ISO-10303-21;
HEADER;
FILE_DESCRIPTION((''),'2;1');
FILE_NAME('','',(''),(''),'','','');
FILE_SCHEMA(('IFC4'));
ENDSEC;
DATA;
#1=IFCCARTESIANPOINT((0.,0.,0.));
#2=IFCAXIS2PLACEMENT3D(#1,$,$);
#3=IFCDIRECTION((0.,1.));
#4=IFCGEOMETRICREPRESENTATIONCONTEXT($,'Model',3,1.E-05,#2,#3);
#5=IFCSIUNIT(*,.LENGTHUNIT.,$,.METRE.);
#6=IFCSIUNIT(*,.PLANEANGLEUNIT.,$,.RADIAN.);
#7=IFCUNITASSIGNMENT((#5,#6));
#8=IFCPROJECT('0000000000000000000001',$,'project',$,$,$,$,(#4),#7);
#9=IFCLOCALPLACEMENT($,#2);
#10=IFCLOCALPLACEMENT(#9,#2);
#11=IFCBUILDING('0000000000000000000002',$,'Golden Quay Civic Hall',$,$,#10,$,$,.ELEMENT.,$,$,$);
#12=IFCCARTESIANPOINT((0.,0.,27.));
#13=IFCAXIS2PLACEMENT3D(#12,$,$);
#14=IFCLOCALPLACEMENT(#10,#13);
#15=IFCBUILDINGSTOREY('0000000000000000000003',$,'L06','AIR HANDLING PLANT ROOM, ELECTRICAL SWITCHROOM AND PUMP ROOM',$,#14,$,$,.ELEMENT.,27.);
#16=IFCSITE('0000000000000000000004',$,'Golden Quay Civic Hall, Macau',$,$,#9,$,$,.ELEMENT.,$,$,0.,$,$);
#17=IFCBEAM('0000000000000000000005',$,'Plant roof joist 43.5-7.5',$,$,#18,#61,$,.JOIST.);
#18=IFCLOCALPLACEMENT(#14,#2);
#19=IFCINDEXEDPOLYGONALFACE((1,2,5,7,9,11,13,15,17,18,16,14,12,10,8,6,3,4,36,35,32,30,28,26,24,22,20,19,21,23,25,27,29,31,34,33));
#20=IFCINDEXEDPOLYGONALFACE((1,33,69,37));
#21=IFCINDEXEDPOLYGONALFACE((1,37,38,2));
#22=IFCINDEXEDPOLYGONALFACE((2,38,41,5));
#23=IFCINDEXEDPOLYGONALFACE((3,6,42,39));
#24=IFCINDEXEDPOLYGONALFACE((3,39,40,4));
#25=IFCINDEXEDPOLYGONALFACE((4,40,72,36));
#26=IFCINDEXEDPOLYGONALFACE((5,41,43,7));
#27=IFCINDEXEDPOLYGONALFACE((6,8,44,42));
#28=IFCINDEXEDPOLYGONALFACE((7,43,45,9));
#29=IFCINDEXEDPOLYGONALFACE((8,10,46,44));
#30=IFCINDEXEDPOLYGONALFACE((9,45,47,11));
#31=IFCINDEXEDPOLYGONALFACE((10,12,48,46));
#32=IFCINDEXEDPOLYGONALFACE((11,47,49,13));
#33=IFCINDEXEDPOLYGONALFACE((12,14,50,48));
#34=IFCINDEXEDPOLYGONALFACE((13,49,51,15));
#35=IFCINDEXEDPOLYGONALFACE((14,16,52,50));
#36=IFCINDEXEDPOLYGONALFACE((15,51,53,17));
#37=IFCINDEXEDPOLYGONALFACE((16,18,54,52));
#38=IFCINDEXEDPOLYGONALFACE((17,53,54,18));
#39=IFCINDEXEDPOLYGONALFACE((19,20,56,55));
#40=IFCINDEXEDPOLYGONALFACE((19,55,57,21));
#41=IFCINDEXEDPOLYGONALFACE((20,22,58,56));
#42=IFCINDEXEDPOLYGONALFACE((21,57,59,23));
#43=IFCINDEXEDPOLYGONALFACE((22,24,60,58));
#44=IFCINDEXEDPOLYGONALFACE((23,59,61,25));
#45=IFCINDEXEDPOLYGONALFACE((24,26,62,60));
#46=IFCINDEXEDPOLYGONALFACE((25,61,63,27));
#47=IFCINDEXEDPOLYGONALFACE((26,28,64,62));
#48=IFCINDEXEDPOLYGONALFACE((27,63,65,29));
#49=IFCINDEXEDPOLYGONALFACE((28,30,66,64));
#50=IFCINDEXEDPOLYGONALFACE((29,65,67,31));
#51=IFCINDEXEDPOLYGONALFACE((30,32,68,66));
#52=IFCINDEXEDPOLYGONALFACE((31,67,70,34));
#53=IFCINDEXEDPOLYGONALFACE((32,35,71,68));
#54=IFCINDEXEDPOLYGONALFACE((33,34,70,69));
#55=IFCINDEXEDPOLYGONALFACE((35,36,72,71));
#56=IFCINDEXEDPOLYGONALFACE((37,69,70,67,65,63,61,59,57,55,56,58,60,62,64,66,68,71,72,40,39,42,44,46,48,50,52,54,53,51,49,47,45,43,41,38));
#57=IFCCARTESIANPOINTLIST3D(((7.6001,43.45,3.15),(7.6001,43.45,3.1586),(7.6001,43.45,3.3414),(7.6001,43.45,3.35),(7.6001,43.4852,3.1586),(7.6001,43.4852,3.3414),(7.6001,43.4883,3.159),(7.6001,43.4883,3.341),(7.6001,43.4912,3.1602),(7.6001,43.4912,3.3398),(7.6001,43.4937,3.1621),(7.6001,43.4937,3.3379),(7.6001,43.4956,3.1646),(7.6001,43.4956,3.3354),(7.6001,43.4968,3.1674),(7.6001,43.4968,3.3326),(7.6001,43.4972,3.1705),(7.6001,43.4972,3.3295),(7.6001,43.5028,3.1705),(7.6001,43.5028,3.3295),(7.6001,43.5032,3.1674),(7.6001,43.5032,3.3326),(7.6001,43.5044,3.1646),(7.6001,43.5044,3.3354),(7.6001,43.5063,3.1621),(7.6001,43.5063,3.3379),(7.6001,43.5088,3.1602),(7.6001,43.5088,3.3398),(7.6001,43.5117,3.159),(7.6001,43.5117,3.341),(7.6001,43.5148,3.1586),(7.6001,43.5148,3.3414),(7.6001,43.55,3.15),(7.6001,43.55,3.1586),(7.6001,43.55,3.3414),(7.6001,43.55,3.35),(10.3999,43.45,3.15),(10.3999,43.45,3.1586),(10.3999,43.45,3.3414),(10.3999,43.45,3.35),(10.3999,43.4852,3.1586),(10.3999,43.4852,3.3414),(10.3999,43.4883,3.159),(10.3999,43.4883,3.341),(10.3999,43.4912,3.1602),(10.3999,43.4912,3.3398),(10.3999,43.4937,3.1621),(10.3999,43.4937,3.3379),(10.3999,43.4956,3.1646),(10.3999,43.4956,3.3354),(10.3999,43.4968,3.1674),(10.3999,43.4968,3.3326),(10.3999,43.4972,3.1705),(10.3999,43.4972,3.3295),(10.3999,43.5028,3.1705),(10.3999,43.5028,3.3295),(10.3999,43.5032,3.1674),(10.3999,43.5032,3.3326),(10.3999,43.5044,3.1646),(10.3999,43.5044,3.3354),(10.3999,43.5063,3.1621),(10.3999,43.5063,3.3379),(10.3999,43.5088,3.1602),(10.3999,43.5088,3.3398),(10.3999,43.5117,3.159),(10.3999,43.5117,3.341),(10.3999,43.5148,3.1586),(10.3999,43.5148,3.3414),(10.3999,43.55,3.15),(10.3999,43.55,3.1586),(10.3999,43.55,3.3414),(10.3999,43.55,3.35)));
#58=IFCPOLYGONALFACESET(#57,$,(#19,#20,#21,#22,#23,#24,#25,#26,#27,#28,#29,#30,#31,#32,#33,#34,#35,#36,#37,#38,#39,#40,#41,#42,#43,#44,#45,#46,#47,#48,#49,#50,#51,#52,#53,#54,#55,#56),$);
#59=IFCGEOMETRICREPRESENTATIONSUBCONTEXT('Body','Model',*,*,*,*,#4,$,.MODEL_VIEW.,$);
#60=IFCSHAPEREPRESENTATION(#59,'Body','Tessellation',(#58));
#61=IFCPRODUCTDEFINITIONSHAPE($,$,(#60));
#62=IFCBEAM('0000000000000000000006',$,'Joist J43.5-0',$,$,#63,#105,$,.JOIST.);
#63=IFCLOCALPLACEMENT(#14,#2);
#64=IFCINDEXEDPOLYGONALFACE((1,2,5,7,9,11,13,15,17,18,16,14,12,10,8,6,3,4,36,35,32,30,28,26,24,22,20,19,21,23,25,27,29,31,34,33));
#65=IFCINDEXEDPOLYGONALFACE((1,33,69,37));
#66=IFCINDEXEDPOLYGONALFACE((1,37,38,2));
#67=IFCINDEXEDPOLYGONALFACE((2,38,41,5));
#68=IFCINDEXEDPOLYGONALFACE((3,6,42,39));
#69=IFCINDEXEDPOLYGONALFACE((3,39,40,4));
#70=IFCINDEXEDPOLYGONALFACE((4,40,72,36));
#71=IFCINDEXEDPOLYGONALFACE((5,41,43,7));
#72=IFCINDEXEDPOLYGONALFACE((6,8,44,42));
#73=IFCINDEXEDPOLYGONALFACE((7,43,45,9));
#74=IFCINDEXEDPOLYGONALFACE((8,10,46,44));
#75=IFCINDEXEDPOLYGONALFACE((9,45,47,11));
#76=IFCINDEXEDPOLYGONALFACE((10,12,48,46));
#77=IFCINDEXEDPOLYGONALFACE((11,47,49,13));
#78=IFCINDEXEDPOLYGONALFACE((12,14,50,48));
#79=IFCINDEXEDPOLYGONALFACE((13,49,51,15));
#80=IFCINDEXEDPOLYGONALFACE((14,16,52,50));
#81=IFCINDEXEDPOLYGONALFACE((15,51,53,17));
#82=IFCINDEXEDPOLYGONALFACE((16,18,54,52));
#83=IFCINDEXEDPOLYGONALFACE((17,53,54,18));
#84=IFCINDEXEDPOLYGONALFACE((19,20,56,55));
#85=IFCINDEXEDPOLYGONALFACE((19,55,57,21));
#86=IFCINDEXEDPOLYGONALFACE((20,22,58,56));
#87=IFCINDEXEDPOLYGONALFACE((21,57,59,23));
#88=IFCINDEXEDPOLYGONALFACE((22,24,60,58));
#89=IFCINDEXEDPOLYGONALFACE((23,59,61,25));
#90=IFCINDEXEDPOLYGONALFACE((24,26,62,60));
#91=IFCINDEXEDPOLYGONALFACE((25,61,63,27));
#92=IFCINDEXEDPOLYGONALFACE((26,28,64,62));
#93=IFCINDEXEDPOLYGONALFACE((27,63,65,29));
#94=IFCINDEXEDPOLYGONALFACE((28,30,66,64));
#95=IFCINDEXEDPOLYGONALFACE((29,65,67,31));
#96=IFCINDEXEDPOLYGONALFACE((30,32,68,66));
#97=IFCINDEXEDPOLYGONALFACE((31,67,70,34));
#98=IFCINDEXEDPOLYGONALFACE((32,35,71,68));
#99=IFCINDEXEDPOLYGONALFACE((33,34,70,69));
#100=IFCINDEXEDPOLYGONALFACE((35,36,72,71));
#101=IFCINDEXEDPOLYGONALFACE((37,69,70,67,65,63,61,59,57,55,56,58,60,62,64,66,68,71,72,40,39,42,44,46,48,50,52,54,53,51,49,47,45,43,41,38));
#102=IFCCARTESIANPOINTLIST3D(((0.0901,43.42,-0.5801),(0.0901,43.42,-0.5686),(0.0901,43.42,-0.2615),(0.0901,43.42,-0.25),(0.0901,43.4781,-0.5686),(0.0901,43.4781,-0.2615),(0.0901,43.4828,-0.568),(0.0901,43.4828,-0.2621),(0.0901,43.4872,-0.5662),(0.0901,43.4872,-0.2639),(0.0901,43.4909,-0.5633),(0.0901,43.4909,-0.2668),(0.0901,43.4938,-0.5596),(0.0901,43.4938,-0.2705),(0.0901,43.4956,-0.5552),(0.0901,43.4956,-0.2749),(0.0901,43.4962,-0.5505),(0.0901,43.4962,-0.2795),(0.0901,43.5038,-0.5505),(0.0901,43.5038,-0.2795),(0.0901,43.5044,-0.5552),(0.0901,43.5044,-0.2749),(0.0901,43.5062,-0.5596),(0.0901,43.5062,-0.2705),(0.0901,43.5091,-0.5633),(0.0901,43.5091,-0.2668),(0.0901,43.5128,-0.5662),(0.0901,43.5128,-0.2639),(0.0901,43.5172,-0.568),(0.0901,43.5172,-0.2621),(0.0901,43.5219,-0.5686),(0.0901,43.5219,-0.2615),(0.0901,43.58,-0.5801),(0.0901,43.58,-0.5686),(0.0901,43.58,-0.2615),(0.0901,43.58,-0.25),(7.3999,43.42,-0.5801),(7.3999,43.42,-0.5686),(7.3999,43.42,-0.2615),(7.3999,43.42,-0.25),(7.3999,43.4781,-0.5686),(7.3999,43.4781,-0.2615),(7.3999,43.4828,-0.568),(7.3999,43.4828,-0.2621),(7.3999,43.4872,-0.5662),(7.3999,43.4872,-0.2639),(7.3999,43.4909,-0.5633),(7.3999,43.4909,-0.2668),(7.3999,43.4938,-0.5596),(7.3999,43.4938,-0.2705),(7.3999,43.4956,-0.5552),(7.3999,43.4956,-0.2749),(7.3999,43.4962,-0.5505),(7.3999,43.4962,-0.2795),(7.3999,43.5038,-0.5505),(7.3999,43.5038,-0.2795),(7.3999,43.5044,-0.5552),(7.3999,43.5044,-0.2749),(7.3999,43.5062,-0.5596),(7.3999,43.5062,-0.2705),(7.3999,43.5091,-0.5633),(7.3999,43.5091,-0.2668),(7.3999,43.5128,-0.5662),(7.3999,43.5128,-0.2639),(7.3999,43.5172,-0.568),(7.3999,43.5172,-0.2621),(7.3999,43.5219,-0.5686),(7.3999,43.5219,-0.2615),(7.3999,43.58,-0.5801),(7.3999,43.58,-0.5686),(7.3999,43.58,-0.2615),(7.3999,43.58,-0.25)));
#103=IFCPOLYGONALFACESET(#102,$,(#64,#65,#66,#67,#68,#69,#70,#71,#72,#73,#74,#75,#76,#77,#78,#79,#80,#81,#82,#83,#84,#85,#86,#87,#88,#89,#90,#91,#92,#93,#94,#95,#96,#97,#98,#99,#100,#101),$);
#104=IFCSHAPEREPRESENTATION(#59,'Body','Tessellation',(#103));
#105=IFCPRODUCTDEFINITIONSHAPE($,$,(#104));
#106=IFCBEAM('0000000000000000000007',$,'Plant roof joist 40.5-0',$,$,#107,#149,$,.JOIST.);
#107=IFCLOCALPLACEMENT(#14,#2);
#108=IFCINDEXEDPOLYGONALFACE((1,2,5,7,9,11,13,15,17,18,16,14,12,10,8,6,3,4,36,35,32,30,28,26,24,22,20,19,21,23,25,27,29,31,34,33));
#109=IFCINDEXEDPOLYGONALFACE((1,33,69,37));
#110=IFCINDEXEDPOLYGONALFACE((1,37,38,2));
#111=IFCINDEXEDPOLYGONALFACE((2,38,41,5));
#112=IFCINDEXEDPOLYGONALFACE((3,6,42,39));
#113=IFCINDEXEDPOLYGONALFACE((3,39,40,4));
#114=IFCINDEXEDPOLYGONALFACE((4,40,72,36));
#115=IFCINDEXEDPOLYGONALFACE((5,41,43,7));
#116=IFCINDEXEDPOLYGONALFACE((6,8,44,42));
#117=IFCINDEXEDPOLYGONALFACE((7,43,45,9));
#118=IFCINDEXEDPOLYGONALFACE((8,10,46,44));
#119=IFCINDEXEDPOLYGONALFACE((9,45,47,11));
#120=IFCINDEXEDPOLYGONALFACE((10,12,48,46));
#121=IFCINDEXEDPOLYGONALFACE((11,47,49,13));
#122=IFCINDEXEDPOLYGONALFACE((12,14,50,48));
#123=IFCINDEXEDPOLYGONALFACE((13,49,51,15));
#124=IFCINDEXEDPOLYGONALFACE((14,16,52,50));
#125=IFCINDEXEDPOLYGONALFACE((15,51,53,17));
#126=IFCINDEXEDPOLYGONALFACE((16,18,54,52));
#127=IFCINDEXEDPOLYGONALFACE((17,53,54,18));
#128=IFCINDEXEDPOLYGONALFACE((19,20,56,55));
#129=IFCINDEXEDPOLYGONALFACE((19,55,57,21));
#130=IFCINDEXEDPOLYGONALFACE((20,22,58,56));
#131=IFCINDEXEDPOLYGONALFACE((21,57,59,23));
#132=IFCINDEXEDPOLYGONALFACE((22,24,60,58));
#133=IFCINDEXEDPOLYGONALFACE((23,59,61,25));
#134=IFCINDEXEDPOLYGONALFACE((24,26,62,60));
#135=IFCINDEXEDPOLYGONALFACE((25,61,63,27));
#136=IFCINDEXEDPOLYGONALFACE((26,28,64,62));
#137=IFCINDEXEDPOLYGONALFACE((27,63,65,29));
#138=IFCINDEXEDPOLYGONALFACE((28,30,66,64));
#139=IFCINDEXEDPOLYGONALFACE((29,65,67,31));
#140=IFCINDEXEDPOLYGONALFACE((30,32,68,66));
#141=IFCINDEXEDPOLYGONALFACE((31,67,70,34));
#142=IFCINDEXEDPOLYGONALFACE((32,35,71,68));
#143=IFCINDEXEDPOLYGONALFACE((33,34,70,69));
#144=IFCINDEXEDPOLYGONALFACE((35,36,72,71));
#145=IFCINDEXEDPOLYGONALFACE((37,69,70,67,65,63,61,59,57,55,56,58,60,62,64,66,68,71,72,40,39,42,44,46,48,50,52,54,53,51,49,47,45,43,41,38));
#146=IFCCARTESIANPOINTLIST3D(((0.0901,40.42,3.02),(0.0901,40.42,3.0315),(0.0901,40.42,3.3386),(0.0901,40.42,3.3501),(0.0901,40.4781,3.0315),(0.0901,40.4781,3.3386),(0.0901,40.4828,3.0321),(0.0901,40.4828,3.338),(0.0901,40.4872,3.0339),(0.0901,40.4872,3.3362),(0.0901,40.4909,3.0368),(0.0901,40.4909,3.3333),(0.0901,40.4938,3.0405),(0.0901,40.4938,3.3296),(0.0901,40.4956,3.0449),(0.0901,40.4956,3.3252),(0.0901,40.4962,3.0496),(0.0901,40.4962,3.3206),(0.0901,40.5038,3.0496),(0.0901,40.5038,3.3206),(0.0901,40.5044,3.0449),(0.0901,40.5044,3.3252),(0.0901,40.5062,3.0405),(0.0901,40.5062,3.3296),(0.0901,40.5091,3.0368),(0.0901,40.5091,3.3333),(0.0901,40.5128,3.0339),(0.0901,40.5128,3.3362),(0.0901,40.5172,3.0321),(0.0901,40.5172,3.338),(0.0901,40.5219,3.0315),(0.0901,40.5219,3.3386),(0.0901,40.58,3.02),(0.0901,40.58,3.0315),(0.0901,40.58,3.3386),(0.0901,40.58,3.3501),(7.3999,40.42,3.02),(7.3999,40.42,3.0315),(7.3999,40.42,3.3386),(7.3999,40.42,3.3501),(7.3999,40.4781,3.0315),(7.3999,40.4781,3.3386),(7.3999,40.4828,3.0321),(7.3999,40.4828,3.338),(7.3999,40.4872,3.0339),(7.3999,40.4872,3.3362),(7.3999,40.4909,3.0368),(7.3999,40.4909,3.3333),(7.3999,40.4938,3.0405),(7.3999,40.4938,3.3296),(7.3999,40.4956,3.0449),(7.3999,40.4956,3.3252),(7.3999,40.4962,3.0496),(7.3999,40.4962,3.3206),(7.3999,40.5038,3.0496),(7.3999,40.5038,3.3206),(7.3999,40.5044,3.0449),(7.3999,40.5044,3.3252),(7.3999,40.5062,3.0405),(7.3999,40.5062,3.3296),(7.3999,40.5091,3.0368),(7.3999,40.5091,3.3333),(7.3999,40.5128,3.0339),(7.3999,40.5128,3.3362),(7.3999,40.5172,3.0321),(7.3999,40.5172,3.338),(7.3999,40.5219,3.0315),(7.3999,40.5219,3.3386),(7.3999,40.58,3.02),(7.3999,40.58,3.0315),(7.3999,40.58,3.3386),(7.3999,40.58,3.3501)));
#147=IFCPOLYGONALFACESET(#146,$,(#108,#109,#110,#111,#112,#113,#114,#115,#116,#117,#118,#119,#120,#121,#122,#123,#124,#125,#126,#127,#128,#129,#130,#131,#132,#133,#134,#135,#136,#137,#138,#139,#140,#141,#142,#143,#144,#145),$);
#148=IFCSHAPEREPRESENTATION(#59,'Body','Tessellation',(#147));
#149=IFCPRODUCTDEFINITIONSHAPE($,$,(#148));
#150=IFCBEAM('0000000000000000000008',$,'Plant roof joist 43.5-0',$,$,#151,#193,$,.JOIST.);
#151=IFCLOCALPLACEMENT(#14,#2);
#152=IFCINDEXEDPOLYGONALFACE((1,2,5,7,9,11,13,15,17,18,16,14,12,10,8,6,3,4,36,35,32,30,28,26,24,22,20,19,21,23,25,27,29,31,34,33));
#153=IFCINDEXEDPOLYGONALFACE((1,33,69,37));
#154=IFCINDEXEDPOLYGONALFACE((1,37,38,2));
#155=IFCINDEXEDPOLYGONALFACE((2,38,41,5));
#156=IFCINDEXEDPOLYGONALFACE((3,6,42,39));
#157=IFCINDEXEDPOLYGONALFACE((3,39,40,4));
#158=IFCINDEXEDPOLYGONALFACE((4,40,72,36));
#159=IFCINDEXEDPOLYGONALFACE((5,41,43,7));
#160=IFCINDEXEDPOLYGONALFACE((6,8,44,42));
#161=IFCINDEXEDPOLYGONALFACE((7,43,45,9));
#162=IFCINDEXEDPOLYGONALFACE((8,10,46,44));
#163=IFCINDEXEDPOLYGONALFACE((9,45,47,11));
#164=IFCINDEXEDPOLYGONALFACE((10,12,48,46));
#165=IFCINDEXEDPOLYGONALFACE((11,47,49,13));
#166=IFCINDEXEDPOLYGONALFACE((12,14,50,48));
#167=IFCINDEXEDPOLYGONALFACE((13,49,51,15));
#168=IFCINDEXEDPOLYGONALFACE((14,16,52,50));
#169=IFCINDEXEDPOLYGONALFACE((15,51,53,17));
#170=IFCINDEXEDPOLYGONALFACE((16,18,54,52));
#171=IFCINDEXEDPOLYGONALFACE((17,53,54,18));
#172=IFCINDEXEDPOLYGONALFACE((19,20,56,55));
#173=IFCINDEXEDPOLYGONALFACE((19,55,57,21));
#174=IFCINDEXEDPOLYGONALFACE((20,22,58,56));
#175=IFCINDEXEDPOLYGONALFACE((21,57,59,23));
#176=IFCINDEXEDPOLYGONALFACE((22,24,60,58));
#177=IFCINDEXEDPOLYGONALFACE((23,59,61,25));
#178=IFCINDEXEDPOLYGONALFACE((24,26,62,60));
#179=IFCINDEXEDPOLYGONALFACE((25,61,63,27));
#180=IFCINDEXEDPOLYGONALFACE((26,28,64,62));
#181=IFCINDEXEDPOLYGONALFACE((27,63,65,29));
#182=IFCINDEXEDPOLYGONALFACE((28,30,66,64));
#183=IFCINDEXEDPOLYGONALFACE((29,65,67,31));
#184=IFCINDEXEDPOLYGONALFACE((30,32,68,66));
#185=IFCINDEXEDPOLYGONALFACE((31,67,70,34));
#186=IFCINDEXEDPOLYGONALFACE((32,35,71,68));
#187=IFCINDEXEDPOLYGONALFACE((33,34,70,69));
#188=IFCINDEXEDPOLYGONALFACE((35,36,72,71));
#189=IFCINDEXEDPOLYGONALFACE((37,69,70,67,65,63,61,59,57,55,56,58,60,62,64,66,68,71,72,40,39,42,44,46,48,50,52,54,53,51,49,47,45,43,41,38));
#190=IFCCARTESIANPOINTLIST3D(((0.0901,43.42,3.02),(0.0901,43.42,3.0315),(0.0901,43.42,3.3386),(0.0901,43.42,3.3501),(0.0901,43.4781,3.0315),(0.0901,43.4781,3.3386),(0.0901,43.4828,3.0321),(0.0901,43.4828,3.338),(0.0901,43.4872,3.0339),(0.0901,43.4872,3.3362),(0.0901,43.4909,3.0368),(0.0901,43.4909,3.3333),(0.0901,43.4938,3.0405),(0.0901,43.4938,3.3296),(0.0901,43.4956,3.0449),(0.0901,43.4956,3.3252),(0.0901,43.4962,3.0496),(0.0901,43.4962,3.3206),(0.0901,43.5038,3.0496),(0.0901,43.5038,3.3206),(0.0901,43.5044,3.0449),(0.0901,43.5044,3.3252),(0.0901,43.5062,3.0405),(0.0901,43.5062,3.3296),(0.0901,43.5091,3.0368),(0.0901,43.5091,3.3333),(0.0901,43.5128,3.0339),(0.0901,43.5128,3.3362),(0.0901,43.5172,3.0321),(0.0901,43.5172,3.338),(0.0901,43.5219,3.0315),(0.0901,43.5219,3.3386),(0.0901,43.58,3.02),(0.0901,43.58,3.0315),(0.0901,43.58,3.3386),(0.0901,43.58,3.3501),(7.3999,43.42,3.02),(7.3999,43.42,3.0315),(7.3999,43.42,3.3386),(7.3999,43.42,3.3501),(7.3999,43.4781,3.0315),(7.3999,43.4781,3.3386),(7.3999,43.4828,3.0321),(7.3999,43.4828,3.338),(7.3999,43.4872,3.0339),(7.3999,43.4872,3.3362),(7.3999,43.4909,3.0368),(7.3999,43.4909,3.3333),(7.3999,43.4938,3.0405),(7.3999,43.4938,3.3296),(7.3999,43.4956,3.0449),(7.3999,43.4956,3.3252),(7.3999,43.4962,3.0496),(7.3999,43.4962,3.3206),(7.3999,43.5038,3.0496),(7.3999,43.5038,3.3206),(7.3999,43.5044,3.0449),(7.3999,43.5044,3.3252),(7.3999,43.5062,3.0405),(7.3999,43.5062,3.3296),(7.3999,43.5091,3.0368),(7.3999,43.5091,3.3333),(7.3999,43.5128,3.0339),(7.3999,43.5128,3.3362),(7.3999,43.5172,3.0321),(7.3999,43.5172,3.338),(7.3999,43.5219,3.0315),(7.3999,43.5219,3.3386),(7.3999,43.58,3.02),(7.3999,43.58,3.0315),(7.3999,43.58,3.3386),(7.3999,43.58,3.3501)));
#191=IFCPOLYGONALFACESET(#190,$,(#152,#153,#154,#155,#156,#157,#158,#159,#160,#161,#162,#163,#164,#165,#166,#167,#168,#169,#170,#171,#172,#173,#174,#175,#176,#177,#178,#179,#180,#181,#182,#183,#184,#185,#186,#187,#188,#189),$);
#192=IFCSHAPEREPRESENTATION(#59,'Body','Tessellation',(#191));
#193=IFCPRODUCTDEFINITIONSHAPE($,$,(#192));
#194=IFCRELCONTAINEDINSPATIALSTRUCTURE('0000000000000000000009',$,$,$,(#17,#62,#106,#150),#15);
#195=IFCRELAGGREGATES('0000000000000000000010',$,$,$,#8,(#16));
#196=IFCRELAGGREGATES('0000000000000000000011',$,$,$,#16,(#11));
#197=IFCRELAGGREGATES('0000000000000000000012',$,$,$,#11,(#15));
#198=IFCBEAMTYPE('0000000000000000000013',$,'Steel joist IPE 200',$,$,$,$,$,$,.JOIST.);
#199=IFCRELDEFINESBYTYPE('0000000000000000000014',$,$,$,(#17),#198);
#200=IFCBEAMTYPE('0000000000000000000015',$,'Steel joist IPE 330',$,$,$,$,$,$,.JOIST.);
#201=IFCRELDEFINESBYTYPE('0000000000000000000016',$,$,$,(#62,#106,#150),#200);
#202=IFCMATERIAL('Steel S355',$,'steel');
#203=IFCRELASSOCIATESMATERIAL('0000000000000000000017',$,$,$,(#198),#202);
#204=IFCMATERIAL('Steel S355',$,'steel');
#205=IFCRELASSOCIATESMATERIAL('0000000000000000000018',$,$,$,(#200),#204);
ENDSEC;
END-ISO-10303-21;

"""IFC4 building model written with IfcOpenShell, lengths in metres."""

from ifc_helpers import new_model, si_unit, direction, frame, origin, origin_2d, place, context, subcontext, project, spatial, i_section, extrude, material, material_profile, profile_set, type_object, element, save


model = new_model("IFC4")

# Units and contexts
model_context = context("Model", 3, precision=1e-05, world=origin(), true_north=direction((0.0, 1.0)))
body_context = subcontext(model_context, "Body", "Model", "MODEL_VIEW")
ifc_project = project(units=[si_unit("LENGTHUNIT", "METRE"), si_unit("PLANEANGLEUNIT", "RADIAN")], contexts=[model_context])

# Site, building, storey
site_placement = place(None, origin())
site = spatial("IfcSite", under=ifc_project, at=site_placement, Name="Golden Quay Civic Hall, Macau", CompositionType="ELEMENT", RefElevation=0.0)
building_placement = place(site_placement, origin())
building = spatial("IfcBuilding", under=site, at=building_placement, Name="Golden Quay Civic Hall", CompositionType="ELEMENT")
storey_placement = place(building_placement, frame((0.0, 0.0, 27.0)))
storey = spatial("IfcBuildingStorey", under=building, at=storey_placement, Name="L06", Description="AIR HANDLING PLANT ROOM, ELECTRICAL SWITCHROOM AND PUMP ROOM", CompositionType="ELEMENT", Elevation=27.0)

# Beams
ifc_material_1 = material(Name="Steel S355", Category="steel")
ifc_material_profile_1 = material_profile(ifc_material_1, i_section(OverallWidth=0.1001, OverallDepth=0.2, WebThickness=0.0056, FlangeThickness=0.0085, FilletRadius=0.012, at=origin_2d()), Name="IPE 200")
ifc_profile_set_1 = profile_set([ifc_material_profile_1], Name="Steel S355")
beam_type_1 = type_object("IfcBeamType", Name="Steel joist IPE 200", PredefinedType="JOIST", material=ifc_profile_set_1)
for number, where, z_axis, x_axis, name in (
    (1, (7.6001, 43.5, 3.25), (1.0, 0.0, 0.0), (0.0, 1.0, 0.0), "Plant roof joist 43.5-7.5"),
):
    element("IfcBeam", number, at=place(storey_placement, frame(where, z_axis=z_axis, x_axis=x_axis)), inside=storey, type_object=beam_type_1, Name=name, PredefinedType="JOIST", context=body_context, shape_type="SweptSolid", body=[
        extrude(i_section(OverallWidth=0.1001, OverallDepth=0.2, WebThickness=0.0056, FlangeThickness=0.0085, FilletRadius=0.012, at=origin_2d()), origin(), (0.0, 0.0, 1.0), 2.7998),
    ])
ifc_material_2 = material(Name="Steel S355", Category="steel")
ifc_material_profile_2 = material_profile(ifc_material_2, i_section(OverallWidth=0.1599, OverallDepth=0.3301, WebThickness=0.0076, FlangeThickness=0.0115, FilletRadius=0.0181, at=origin_2d()), Name="IPE 330")
ifc_profile_set_2 = profile_set([ifc_material_profile_2], Name="Steel S355")
beam_type_2 = type_object("IfcBeamType", Name="Steel joist IPE 330", PredefinedType="JOIST", material=ifc_profile_set_2)
for number, where, z_axis, x_axis, name in (
    (2, (0.0901, 43.5, -0.415), (1.0, 0.0, 0.0), (0.0, 1.0, 0.0), "Joist J43.5-0"),
    (3, (0.0901, 40.5, 3.1851), (1.0, 0.0, 0.0), (0.0, 1.0, 0.0), "Plant roof joist 40.5-0"),
    (4, (0.0901, 43.5, 3.1851), (1.0, 0.0, 0.0), (0.0, 1.0, 0.0), "Plant roof joist 43.5-0"),
):
    element("IfcBeam", number, at=place(storey_placement, frame(where, z_axis=z_axis, x_axis=x_axis)), inside=storey, type_object=beam_type_2, Name=name, PredefinedType="JOIST", context=body_context, shape_type="SweptSolid", body=[
        extrude(i_section(OverallWidth=0.1599, OverallDepth=0.3301, WebThickness=0.0076, FlangeThickness=0.0115, FilletRadius=0.0181, at=origin_2d()), origin(), (0.0, 0.0, 1.0), 7.3098),
    ])

save(model, "model.ifc")
